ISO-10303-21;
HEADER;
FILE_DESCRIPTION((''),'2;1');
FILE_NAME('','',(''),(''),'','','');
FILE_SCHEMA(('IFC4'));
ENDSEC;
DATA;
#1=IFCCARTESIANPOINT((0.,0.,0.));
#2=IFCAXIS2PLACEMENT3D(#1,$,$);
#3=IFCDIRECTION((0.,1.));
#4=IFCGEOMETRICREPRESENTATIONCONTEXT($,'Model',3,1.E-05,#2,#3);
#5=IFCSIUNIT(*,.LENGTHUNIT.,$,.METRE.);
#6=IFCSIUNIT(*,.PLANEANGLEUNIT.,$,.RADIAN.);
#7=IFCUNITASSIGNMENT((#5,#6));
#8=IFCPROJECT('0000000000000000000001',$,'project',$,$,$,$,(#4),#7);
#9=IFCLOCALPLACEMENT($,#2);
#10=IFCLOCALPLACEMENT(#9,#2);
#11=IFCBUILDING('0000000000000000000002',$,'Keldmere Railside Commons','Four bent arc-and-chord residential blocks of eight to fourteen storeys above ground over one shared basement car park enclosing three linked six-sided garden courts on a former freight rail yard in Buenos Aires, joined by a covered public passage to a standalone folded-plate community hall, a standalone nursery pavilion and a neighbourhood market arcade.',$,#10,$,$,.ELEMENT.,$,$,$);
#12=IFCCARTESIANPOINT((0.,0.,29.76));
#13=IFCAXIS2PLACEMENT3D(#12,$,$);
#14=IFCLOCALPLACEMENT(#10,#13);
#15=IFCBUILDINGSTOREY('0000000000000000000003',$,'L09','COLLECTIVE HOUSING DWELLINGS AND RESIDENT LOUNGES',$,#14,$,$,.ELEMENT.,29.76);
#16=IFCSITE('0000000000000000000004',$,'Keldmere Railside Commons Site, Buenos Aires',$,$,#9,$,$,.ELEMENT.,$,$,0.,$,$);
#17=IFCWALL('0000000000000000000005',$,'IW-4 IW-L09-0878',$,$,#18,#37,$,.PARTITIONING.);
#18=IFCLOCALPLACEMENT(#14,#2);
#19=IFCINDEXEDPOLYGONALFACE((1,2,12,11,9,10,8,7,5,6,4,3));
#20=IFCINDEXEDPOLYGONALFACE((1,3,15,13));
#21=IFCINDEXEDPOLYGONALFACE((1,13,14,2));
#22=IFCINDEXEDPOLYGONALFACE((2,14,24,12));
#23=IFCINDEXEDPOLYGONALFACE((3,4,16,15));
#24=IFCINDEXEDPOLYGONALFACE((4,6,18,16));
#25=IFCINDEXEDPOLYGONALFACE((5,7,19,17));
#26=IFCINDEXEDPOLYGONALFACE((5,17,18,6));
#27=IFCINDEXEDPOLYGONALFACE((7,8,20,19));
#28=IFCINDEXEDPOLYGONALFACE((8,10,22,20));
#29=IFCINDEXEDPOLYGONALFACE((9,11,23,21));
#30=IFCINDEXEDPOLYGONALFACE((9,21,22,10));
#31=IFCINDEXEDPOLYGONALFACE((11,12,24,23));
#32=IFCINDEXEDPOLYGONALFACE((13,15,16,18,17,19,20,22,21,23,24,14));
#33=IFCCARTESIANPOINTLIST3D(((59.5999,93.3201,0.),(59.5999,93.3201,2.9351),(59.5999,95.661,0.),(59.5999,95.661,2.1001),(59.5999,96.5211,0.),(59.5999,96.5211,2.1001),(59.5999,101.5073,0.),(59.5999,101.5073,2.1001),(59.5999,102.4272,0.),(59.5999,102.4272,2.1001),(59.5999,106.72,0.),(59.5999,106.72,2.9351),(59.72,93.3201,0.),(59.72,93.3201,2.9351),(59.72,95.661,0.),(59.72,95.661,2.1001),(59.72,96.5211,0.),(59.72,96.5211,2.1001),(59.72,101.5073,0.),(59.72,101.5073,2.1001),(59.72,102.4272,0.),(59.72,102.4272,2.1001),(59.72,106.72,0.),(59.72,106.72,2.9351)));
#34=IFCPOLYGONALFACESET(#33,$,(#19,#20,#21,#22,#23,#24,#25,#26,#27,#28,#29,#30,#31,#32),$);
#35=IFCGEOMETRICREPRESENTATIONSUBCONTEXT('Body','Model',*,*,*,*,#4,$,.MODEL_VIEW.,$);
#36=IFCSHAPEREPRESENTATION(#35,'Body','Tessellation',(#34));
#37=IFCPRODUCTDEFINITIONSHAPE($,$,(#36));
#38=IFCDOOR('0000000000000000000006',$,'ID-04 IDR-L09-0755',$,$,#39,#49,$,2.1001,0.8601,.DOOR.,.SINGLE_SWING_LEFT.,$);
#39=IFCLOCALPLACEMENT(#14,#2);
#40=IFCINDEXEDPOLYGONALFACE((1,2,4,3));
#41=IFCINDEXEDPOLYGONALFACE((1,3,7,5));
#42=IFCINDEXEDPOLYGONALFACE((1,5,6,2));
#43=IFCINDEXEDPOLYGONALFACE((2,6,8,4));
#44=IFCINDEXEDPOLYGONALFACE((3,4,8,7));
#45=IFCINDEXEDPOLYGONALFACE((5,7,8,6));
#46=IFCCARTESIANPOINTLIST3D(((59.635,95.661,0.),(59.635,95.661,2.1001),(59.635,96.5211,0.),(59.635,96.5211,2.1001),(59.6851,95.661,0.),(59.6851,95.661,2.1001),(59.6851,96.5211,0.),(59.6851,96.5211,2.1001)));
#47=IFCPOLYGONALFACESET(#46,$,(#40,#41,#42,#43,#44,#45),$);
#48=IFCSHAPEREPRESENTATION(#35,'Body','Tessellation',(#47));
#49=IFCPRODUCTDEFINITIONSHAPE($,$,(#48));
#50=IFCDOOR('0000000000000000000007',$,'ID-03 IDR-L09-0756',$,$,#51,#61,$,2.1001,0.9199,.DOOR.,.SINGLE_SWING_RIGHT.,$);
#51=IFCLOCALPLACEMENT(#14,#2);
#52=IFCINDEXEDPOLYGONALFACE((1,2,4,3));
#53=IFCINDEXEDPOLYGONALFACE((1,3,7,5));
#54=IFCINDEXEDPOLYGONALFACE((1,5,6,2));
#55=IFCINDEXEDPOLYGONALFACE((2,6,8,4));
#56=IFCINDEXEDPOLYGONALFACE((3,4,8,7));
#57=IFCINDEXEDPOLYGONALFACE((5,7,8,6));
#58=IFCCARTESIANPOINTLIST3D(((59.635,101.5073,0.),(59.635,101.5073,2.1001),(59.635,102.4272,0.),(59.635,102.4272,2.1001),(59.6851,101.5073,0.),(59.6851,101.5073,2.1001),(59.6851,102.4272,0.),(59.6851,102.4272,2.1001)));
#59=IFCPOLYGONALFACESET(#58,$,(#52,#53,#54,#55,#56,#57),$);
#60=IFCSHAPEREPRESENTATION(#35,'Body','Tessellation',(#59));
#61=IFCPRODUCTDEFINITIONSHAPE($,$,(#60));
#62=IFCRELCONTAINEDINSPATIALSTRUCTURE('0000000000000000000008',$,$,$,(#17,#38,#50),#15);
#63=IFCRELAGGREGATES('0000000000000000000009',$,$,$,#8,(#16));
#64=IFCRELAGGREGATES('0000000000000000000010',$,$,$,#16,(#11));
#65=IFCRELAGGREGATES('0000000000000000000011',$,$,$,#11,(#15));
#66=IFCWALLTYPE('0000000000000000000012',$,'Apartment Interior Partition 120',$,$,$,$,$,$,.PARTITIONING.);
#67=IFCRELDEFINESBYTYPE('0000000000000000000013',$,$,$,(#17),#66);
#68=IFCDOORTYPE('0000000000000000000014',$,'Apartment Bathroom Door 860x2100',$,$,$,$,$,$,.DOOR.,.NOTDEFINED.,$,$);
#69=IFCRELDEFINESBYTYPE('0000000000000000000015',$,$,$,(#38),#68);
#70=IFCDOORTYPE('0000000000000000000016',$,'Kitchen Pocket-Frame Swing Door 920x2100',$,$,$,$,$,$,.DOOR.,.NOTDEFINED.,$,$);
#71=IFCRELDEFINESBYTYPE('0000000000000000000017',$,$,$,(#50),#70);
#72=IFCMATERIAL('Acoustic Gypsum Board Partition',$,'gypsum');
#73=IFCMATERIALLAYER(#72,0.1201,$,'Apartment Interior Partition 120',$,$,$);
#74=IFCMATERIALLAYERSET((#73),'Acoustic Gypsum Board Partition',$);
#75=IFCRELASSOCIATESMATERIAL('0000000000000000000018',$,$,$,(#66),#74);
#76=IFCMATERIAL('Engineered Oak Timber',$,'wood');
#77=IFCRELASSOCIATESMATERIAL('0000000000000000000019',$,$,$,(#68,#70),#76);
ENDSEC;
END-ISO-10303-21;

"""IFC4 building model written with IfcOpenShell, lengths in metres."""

from ifc_helpers import new_model, si_unit, direction, frame, frame_2d, origin, place, context, subcontext, project, spatial, rectangle, extrude, material, layer, layer_set, type_object, element, fill, save


model = new_model("IFC4")

# Units and contexts
model_context = context("Model", 3, precision=1e-05, world=origin(), true_north=direction((0.0, 1.0)))
body_context = subcontext(model_context, "Body", "Model", "MODEL_VIEW")
ifc_project = project(units=[si_unit("LENGTHUNIT", "METRE"), si_unit("PLANEANGLEUNIT", "RADIAN")], contexts=[model_context])

# Site, building, storey
site_placement = place(None, origin())
site = spatial("IfcSite", under=ifc_project, at=site_placement, Name="Keldmere Railside Commons Site, Buenos Aires", CompositionType="ELEMENT", RefElevation=0.0)
building_placement = place(site_placement, origin())
building = spatial("IfcBuilding", under=site, at=building_placement, Name="Keldmere Railside Commons", Description="Four bent arc-and-chord residential blocks of eight to fourteen storeys above ground over one shared basement car park enclosing three linked six-sided garden courts on a former freight rail yard in Buenos Aires, joined by a covered public passage to a standalone folded-plate community hall, a standalone nursery pavilion and a neighbourhood market arcade.", CompositionType="ELEMENT")
storey_placement = place(building_placement, frame((0.0, 0.0, 29.76)))
storey = spatial("IfcBuildingStorey", under=building, at=storey_placement, Name="L09", Description="COLLECTIVE HOUSING DWELLINGS AND RESIDENT LOUNGES", CompositionType="ELEMENT", Elevation=29.76)

# Shared definitions
ifc_material_1 = material(Name="Acoustic Gypsum Board Partition", Category="gypsum")

# Shared definitions
ifc_layer_1 = layer(ifc_material_1, 0.1201, Name="Apartment Interior Partition 120")
ifc_layer_set_1 = layer_set([ifc_layer_1], Name="Acoustic Gypsum Board Partition")
wall_type_1 = type_object("IfcWallType", Name="Apartment Interior Partition 120", PredefinedType="PARTITIONING", material=ifc_layer_set_1)
ifc_material_2 = material(Name="Engineered Oak Timber", Category="wood")

# Wall, openings, doors
wall_1_placement = place(storey_placement, frame((59.6599, 93.3201, 0.0), z_axis=(0.0, 0.0, 1.0), x_axis=(0.0, 1.0, 0.0)))
wall_1 = element("IfcWall", 1, at=wall_1_placement, inside=storey, type_object=wall_type_1, Name="IW-4 IW-L09-0878", PredefinedType="PARTITIONING", context=body_context, shape_type="SweptSolid", body=[
    extrude(rectangle(XDim=13.3999, YDim=0.1201, at=frame_2d((6.7, 0.0))), origin(), (0.0, 0.0, 1.0), 2.9351),
])
opening_1_placement = place(wall_1_placement, frame((2.3408, 0.0, 0.0)))
opening_1 = element("IfcOpeningElement", 2, at=opening_1_placement, cuts=wall_1, PredefinedType="OPENING", context=body_context, shape_type="SweptSolid", body=[
    extrude(rectangle(XDim=0.8601, YDim=2.1001, at=frame_2d((0.4302, 1.05))), frame((0.0, 0.0701, 0.0), z_axis=(0.0, -1.0, 0.0), x_axis=(1.0, 0.0, 0.0)), (0.0, 0.0, 1.0), 0.1401),
])
opening_2_placement = place(wall_1_placement, frame((8.1873, 0.0, 0.0)))
opening_2 = element("IfcOpeningElement", 3, at=opening_2_placement, cuts=wall_1, PredefinedType="OPENING", context=body_context, shape_type="SweptSolid", body=[
    extrude(rectangle(XDim=0.9199, YDim=2.1001, at=frame_2d((0.46, 1.05))), frame((0.0, 0.0701, 0.0), z_axis=(0.0, -1.0, 0.0), x_axis=(1.0, 0.0, 0.0)), (0.0, 0.0, 1.0), 0.1401),
])
door_type_1 = type_object("IfcDoorType", Name="Apartment Bathroom Door 860x2100", OperationType="NOTDEFINED", PredefinedType="DOOR", material=ifc_material_2)
door_1_placement = place(opening_1_placement, origin())
door_1 = element("IfcDoor", 4, at=door_1_placement, inside=storey, type_object=door_type_1, Name="ID-04 IDR-L09-0755", OperationType="SINGLE_SWING_LEFT", OverallHeight=2.1001, OverallWidth=0.8601, PredefinedType="DOOR", context=body_context, shape_type="SweptSolid", body=[
    extrude(rectangle(XDim=0.8601, YDim=2.1001, at=frame_2d((0.4302, 1.05))), frame((0.0, 0.0249, 0.0), z_axis=(0.0, -1.0, 0.0), x_axis=(1.0, 0.0, 0.0)), (0.0, 0.0, 1.0), 0.05),
])
fill(opening_1, door_1)
door_type_2 = type_object("IfcDoorType", Name="Kitchen Pocket-Frame Swing Door 920x2100", OperationType="NOTDEFINED", PredefinedType="DOOR", material=ifc_material_2)
door_2_placement = place(opening_2_placement, origin())
door_2 = element("IfcDoor", 5, at=door_2_placement, inside=storey, type_object=door_type_2, Name="ID-03 IDR-L09-0756", OperationType="SINGLE_SWING_RIGHT", OverallHeight=2.1001, OverallWidth=0.9199, PredefinedType="DOOR", context=body_context, shape_type="SweptSolid", body=[
    extrude(rectangle(XDim=0.9199, YDim=2.1001, at=frame_2d((0.46, 1.05))), frame((0.0, 0.0249, 0.0), z_axis=(0.0, -1.0, 0.0), x_axis=(1.0, 0.0, 0.0)), (0.0, 0.0, 1.0), 0.05),
])
fill(opening_2, door_2)

save(model, "model.ifc")
